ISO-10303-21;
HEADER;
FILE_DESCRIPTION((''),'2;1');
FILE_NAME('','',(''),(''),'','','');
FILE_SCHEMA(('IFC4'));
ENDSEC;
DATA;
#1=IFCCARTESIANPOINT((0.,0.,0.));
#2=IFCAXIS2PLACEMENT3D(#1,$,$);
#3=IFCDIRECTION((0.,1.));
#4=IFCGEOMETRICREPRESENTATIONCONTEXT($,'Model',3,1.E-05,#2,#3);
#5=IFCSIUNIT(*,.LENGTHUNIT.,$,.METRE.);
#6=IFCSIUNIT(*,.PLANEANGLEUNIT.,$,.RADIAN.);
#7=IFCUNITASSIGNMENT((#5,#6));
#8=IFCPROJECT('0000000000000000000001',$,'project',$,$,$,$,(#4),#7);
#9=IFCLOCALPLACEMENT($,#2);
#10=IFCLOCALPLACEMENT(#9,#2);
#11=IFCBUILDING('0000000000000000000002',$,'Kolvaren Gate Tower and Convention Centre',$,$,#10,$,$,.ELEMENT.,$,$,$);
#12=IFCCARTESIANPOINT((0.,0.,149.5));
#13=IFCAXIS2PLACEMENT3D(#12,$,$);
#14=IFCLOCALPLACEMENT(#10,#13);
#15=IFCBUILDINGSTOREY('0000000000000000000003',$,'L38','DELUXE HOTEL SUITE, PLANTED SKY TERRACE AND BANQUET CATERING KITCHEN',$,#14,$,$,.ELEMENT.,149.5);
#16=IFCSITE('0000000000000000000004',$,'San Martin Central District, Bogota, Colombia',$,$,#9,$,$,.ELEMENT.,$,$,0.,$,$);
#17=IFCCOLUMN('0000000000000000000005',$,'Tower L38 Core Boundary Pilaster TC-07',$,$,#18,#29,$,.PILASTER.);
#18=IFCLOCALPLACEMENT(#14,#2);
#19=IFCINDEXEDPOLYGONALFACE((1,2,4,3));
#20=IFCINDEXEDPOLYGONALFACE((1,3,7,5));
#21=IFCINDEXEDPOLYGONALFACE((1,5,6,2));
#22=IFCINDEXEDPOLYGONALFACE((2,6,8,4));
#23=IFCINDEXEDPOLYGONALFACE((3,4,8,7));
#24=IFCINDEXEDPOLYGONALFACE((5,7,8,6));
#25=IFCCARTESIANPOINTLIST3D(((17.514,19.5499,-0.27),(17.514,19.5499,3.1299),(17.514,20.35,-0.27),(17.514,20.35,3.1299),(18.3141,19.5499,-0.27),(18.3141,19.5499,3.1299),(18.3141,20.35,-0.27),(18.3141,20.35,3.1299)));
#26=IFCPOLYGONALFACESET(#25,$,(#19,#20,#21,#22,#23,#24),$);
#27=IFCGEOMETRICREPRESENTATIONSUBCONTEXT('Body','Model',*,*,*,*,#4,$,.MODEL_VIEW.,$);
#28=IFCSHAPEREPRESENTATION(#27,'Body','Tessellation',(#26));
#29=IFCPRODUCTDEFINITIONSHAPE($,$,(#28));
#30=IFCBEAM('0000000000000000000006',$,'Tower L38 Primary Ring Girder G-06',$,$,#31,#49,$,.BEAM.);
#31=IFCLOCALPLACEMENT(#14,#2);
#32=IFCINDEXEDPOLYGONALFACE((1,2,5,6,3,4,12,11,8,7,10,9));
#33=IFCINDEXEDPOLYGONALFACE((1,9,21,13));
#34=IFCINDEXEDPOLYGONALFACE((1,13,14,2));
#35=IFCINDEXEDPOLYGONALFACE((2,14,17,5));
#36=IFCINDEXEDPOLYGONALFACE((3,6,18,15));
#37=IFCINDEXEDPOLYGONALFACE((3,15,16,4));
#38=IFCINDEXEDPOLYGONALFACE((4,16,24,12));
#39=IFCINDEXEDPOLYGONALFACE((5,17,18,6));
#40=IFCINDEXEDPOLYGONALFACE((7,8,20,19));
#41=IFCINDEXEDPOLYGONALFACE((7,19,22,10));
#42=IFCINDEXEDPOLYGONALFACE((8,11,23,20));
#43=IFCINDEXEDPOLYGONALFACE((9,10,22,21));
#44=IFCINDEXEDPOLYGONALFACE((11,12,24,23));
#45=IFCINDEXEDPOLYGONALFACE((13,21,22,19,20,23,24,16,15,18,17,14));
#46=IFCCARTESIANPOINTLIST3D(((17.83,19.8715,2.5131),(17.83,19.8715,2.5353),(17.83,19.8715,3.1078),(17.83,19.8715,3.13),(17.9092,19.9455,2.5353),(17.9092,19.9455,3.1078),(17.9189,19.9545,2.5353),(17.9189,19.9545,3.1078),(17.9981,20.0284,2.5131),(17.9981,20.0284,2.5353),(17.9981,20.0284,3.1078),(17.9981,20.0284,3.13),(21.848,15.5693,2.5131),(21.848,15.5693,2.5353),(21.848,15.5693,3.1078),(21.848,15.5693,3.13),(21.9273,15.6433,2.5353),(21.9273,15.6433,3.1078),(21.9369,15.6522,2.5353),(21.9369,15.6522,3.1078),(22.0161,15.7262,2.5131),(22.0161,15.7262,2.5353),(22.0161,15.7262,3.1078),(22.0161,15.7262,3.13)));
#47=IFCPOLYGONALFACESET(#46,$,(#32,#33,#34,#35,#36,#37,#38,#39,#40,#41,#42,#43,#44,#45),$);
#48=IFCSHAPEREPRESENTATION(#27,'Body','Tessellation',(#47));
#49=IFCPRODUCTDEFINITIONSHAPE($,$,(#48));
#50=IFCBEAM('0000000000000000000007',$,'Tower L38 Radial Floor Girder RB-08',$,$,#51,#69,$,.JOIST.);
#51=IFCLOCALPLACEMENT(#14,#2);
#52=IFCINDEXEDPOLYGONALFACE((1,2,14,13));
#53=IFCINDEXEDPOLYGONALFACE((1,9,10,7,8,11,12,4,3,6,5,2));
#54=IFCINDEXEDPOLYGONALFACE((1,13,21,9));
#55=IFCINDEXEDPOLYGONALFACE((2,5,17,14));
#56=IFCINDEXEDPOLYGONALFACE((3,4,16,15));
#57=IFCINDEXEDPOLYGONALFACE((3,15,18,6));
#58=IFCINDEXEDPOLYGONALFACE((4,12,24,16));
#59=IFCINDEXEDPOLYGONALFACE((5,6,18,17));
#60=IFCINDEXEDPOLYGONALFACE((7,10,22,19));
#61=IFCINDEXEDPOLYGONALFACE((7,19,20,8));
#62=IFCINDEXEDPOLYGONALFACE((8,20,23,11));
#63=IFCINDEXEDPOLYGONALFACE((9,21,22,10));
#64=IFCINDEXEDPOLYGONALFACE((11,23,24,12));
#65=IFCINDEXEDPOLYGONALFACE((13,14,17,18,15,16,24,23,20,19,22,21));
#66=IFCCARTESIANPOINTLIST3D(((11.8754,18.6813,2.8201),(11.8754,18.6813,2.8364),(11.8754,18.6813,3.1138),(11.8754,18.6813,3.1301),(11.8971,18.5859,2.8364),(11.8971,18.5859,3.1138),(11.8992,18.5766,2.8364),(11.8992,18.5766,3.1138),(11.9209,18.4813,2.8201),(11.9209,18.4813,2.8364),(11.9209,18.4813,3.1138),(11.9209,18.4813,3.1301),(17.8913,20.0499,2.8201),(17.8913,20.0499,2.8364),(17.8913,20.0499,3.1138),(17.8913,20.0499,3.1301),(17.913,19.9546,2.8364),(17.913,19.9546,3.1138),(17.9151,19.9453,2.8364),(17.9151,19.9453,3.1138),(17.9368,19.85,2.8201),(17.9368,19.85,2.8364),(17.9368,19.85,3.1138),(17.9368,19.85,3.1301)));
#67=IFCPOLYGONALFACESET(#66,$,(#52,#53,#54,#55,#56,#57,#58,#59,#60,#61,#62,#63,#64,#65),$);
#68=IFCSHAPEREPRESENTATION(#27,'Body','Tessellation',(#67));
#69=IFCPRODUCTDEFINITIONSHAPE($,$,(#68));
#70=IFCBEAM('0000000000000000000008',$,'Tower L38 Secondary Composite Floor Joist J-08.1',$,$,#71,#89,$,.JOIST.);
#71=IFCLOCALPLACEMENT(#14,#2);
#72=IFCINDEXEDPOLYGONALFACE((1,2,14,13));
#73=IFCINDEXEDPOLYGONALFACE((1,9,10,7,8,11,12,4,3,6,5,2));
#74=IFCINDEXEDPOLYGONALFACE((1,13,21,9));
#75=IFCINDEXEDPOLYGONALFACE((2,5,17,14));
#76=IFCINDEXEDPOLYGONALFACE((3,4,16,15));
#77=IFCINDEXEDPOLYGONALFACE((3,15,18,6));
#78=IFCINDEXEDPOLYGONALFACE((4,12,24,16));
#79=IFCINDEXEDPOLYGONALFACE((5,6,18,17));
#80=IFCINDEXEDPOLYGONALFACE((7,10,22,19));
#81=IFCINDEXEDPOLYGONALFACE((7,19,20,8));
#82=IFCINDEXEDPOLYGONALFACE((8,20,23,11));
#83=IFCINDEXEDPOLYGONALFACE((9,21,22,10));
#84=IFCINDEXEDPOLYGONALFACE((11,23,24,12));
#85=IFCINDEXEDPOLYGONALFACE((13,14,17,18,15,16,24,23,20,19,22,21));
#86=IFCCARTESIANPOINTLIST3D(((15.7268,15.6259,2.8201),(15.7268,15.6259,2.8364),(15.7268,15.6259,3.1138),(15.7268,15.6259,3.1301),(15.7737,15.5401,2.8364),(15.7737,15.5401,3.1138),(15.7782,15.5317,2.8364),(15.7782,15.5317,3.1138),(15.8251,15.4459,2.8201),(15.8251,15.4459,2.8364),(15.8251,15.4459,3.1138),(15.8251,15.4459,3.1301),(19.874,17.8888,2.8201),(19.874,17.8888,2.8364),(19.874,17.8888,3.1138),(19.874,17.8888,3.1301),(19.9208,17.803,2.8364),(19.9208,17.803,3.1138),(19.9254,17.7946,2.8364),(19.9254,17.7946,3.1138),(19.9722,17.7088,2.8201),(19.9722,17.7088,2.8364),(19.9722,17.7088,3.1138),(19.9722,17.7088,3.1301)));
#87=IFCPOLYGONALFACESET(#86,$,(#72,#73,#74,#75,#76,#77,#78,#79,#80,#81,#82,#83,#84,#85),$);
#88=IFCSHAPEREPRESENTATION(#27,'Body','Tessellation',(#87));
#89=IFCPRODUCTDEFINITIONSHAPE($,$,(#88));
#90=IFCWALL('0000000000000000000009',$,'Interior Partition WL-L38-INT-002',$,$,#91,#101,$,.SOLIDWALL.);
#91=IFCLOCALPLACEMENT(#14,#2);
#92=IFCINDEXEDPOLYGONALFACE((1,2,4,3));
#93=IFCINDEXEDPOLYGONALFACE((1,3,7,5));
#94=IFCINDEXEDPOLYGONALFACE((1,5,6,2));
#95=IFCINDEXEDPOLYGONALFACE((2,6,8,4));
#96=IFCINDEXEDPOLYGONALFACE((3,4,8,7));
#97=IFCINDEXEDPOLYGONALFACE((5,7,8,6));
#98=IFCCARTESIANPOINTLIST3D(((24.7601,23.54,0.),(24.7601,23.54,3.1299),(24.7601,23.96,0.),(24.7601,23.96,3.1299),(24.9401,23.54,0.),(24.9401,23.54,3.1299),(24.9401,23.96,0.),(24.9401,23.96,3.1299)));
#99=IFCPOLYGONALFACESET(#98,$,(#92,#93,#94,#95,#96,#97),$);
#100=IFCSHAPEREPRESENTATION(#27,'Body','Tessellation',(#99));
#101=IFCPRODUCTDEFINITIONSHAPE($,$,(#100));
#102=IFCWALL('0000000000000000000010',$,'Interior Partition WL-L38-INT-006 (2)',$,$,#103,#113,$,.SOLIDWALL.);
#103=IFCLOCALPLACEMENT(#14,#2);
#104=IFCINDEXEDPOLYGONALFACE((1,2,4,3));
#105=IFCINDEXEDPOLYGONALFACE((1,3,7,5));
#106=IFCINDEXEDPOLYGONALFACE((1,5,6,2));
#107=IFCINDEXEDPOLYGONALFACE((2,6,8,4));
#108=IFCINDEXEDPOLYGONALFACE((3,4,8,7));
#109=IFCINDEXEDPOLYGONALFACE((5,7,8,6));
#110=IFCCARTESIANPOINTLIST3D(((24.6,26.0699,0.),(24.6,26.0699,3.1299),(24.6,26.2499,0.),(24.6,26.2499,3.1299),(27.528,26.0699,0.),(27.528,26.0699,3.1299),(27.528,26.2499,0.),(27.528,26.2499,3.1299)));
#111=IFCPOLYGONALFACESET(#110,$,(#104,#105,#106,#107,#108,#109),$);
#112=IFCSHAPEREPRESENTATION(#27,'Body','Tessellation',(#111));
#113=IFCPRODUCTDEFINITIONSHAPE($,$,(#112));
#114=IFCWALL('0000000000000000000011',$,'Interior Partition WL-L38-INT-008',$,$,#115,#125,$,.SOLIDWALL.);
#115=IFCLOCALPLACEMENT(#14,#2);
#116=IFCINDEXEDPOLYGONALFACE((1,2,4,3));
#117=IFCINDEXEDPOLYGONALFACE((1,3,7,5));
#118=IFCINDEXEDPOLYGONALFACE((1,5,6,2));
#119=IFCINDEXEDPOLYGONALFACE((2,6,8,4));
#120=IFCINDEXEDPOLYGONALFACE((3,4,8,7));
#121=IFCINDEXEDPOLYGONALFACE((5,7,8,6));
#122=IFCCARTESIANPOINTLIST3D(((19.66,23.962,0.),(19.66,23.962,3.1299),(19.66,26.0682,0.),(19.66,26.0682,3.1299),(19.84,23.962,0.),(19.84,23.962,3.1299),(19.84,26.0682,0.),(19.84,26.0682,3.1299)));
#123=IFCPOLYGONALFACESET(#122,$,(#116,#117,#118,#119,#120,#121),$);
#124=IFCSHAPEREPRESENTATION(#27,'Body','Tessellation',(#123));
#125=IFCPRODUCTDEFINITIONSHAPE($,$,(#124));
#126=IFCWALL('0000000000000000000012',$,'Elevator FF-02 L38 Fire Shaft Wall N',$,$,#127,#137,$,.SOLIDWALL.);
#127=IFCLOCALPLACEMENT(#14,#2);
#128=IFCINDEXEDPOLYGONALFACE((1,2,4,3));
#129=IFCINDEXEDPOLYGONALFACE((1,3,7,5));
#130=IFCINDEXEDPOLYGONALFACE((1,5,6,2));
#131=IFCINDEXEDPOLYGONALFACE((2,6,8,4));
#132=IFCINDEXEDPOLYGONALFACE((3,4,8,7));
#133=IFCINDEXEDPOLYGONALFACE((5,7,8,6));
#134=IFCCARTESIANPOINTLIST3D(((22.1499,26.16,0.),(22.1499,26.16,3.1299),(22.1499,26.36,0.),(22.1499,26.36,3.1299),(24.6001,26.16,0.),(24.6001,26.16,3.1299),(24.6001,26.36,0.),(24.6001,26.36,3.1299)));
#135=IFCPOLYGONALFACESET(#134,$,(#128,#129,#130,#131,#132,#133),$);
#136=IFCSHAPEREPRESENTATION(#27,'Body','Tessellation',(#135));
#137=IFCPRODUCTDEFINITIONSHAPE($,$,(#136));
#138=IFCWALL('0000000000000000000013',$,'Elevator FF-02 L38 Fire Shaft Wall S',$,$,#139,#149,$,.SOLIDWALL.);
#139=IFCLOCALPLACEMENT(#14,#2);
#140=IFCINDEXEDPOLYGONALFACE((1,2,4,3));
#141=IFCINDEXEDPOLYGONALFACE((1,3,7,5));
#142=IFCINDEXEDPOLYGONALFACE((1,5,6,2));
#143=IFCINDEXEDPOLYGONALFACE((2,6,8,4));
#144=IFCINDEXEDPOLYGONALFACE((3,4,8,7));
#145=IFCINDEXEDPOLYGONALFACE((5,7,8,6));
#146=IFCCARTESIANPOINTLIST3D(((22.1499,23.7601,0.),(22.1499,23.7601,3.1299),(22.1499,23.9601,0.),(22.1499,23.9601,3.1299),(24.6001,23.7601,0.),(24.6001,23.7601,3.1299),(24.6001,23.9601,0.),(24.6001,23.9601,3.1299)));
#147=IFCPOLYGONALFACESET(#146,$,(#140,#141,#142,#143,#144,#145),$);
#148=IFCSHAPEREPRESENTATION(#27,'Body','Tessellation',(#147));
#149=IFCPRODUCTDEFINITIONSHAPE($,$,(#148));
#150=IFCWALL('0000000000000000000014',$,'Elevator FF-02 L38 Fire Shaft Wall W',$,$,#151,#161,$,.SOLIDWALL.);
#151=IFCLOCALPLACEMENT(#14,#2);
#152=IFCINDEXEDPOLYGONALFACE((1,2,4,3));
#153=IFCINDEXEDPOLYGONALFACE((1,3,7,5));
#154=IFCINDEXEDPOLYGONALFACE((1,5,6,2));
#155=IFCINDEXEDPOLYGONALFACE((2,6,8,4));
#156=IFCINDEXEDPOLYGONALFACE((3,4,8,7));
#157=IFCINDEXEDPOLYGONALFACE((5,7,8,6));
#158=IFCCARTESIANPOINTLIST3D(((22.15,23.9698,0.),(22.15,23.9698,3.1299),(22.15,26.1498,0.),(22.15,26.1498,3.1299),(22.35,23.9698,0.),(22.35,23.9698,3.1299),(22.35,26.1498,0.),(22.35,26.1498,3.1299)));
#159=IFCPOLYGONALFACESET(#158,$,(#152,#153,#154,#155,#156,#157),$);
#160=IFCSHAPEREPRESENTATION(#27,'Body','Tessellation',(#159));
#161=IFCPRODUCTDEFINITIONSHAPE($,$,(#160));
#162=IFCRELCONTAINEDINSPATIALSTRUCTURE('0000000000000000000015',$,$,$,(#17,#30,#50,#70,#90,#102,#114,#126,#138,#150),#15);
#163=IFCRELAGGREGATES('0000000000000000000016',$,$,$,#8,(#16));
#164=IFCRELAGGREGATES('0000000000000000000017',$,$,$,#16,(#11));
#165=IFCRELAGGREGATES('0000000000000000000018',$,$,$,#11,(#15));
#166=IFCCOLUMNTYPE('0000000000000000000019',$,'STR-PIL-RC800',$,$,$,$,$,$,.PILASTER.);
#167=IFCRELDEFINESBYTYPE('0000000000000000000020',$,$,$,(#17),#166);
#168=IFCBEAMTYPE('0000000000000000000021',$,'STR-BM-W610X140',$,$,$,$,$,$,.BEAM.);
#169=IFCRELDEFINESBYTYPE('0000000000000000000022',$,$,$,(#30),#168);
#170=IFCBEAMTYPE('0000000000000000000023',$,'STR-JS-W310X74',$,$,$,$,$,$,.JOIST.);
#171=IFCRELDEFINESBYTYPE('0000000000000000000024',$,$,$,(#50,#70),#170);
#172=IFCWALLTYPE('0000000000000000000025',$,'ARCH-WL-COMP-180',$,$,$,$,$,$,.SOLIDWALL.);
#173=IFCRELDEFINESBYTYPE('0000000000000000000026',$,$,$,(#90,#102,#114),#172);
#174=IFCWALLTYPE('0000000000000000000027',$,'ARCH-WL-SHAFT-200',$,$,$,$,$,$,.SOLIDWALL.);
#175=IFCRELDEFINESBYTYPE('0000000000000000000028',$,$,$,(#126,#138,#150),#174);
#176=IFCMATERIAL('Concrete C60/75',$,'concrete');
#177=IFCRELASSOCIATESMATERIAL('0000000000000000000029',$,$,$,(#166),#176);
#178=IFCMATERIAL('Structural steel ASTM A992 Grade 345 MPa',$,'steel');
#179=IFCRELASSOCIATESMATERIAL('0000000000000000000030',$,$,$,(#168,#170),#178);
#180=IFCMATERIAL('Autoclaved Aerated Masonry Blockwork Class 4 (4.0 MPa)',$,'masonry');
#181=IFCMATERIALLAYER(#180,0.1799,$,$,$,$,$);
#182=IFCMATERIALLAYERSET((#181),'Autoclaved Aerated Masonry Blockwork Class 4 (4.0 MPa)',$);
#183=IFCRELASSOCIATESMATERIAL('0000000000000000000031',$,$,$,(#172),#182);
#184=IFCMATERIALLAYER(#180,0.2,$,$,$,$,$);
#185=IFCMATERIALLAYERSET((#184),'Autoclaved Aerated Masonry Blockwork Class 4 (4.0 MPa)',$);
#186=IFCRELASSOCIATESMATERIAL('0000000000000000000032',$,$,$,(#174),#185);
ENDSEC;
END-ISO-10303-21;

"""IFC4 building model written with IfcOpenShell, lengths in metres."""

from ifc_helpers import new_model, si_unit, direction, frame, frame_2d, origin, origin_2d, place, context, subcontext, project, spatial, rectangle, i_section, extrude, material, layer, layer_set, material_profile, profile_set, type_object, element, save


model = new_model("IFC4")

# Units and contexts
model_context = context("Model", 3, precision=1e-05, world=origin(), true_north=direction((0.0, 1.0)))
body_context = subcontext(model_context, "Body", "Model", "MODEL_VIEW")
ifc_project = project(units=[si_unit("LENGTHUNIT", "METRE"), si_unit("PLANEANGLEUNIT", "RADIAN")], contexts=[model_context])

# Site, building, storey
site_placement = place(None, origin())
site = spatial("IfcSite", under=ifc_project, at=site_placement, Name="San Martin Central District, Bogota, Colombia", CompositionType="ELEMENT", RefElevation=0.0)
building_placement = place(site_placement, origin())
building = spatial("IfcBuilding", under=site, at=building_placement, Name="Kolvaren Gate Tower and Convention Centre", CompositionType="ELEMENT")
storey_placement = place(building_placement, frame((0.0, 0.0, 149.5)))
storey = spatial("IfcBuildingStorey", under=building, at=storey_placement, Name="L38", Description="DELUXE HOTEL SUITE, PLANTED SKY TERRACE AND BANQUET CATERING KITCHEN", CompositionType="ELEMENT", Elevation=149.5)

# Column
ifc_material_1 = material(Name="Concrete C60/75", Category="concrete")
ifc_material_profile_1 = material_profile(ifc_material_1, rectangle(XDim=0.8, YDim=0.8, at=origin_2d()), Name="RC-COL-800X800")
ifc_profile_set_1 = profile_set([ifc_material_profile_1], Name="Concrete C60/75")
column_type = type_object("IfcColumnType", Name="STR-PIL-RC800", PredefinedType="PILASTER", material=ifc_profile_set_1)
column_placement = place(storey_placement, frame((17.9141, 19.95, -0.27), z_axis=(0.0, 0.0, 1.0), x_axis=(1.0, 0.0, 0.0)))
element("IfcColumn", 1, at=column_placement, inside=storey, type_object=column_type, Name="Tower L38 Core Boundary Pilaster TC-07", PredefinedType="PILASTER", context=body_context, shape_type="SweptSolid", body=[
    extrude(rectangle(XDim=0.8, YDim=0.8, at=origin_2d()), origin(), (0.0, 0.0, 1.0), 3.3999),
])

# Beams
ifc_material_2 = material(Name="Structural steel ASTM A992 Grade 345 MPa", Category="steel")
ifc_material_profile_2 = material_profile(ifc_material_2, i_section(OverallWidth=0.23, OverallDepth=0.6169, WebThickness=0.0132, FlangeThickness=0.0222, at=origin_2d()), Name="W610X140")
ifc_profile_set_2 = profile_set([ifc_material_profile_2], Name="Structural steel ASTM A992 Grade 345 MPa")
beam_type_1 = type_object("IfcBeamType", Name="STR-BM-W610X140", PredefinedType="BEAM", material=ifc_profile_set_2)
beam_1_placement = place(storey_placement, frame((17.9141, 19.95, 2.8215), z_axis=(0.682558, -0.730832, 0.0), x_axis=(0.730832, 0.682558, 0.0)))
element("IfcBeam", 2, at=beam_1_placement, inside=storey, type_object=beam_type_1, Name="Tower L38 Primary Ring Girder G-06", PredefinedType="BEAM", context=body_context, shape_type="SweptSolid", body=[
    extrude(i_section(OverallWidth=0.23, OverallDepth=0.6169, WebThickness=0.0132, FlangeThickness=0.0222, at=origin_2d()), origin(), (0.0, 0.0, 1.0), 5.8867),
])
ifc_material_profile_3 = material_profile(ifc_material_2, i_section(OverallWidth=0.2051, OverallDepth=0.3101, WebThickness=0.0095, FlangeThickness=0.0164, at=origin_2d()), Name="W310X74")
ifc_profile_set_3 = profile_set([ifc_material_profile_3], Name="Structural steel ASTM A992 Grade 345 MPa")
beam_type_2 = type_object("IfcBeamType", Name="STR-JS-W310X74", PredefinedType="JOIST", material=ifc_profile_set_3)
beam_2_placement = place(storey_placement, frame((17.9141, 19.95, 2.9751), z_axis=(-0.975083, -0.221838, 0.0), x_axis=(0.221838, -0.975083, 0.0)))
element("IfcBeam", 3, at=beam_2_placement, inside=storey, type_object=beam_type_2, Name="Tower L38 Radial Floor Girder RB-08", PredefinedType="JOIST", context=body_context, shape_type="SweptSolid", body=[
    extrude(i_section(OverallWidth=0.2051, OverallDepth=0.3101, WebThickness=0.0095, FlangeThickness=0.0164, at=origin_2d()), origin(), (0.0, 0.0, 1.0), 6.1697),
])
beam_3_placement = place(storey_placement, frame((19.9231, 17.7988, 2.9751), z_axis=(-0.877822, -0.478986, 0.0), x_axis=(0.478986, -0.877822, 0.0)))
element("IfcBeam", 4, at=beam_3_placement, inside=storey, type_object=beam_type_2, Name="Tower L38 Secondary Composite Floor Joist J-08.1", PredefinedType="JOIST", context=body_context, shape_type="SweptSolid", body=[
    extrude(i_section(OverallWidth=0.2051, OverallDepth=0.3101, WebThickness=0.0095, FlangeThickness=0.0164, at=origin_2d()), origin(), (0.0, 0.0, 1.0), 4.7244),
])

# Walls
ifc_material_3 = material(Name="Autoclaved Aerated Masonry Blockwork Class 4 (4.0 MPa)", Category="masonry")
ifc_layer_1 = layer(ifc_material_3, 0.1799)
ifc_layer_set_1 = layer_set([ifc_layer_1], Name="Autoclaved Aerated Masonry Blockwork Class 4 (4.0 MPa)")
wall_type_1 = type_object("IfcWallType", Name="ARCH-WL-COMP-180", PredefinedType="SOLIDWALL", material=ifc_layer_set_1)
wall_1_placement = place(storey_placement, frame((24.8501, 23.54, 0.0), z_axis=(0.0, 0.0, 1.0), x_axis=(0.0, 1.0, 0.0)))
element("IfcWall", 5, at=wall_1_placement, inside=storey, type_object=wall_type_1, Name="Interior Partition WL-L38-INT-002", PredefinedType="SOLIDWALL", context=body_context, shape_type="SweptSolid", body=[
    extrude(rectangle(XDim=0.4199, YDim=0.1799, at=frame_2d((0.21, 0.0))), origin(), (0.0, 0.0, 1.0), 3.1299),
])
wall_2_placement = place(storey_placement, frame((24.6001, 26.1599, 0.0), z_axis=(0.0, 0.0, 1.0), x_axis=(1.0, 0.0, 0.0)))
element("IfcWall", 6, at=wall_2_placement, inside=storey, type_object=wall_type_1, Name="Interior Partition WL-L38-INT-006 (2)", PredefinedType="SOLIDWALL", context=body_context, shape_type="SweptSolid", body=[
    extrude(rectangle(XDim=2.928, YDim=0.1799, at=frame_2d((1.4639, 0.0))), origin(), (0.0, 0.0, 1.0), 3.1299),
])
wall_3_placement = place(storey_placement, frame((19.75, 23.9619, 0.0), z_axis=(0.0, 0.0, 1.0), x_axis=(0.0, 1.0, 0.0)))
element("IfcWall", 7, at=wall_3_placement, inside=storey, type_object=wall_type_1, Name="Interior Partition WL-L38-INT-008", PredefinedType="SOLIDWALL", context=body_context, shape_type="SweptSolid", body=[
    extrude(rectangle(XDim=2.1062, YDim=0.1799, at=frame_2d((1.0532, 0.0))), origin(), (0.0, 0.0, 1.0), 3.1299),
])
ifc_layer_2 = layer(ifc_material_3, 0.2)
ifc_layer_set_2 = layer_set([ifc_layer_2], Name="Autoclaved Aerated Masonry Blockwork Class 4 (4.0 MPa)")
wall_type_2 = type_object("IfcWallType", Name="ARCH-WL-SHAFT-200", PredefinedType="SOLIDWALL", material=ifc_layer_set_2)
for number, where, z_axis, x_axis, name in (
    (8, (22.1499, 26.26, 0.0), (0.0, 0.0, 1.0), (1.0, 0.0, 0.0), "Elevator FF-02 L38 Fire Shaft Wall N"),
    (9, (22.1499, 23.8601, 0.0), (0.0, 0.0, 1.0), (1.0, 0.0, 0.0), "Elevator FF-02 L38 Fire Shaft Wall S"),
):
    element("IfcWall", number, at=place(storey_placement, frame(where, z_axis=z_axis, x_axis=x_axis)), inside=storey, type_object=wall_type_2, Name=name, PredefinedType="SOLIDWALL", context=body_context, shape_type="SweptSolid", body=[
        extrude(rectangle(XDim=2.4502, YDim=0.2, at=frame_2d((1.2251, 0.0))), origin(), (0.0, 0.0, 1.0), 3.1299),
    ])
wall_4_placement = place(storey_placement, frame((22.25, 23.97, 0.0), z_axis=(0.0, 0.0, 1.0), x_axis=(0.0, 1.0, 0.0)))
element("IfcWall", 10, at=wall_4_placement, inside=storey, type_object=wall_type_2, Name="Elevator FF-02 L38 Fire Shaft Wall W", PredefinedType="SOLIDWALL", context=body_context, shape_type="SweptSolid", body=[
    extrude(rectangle(XDim=2.1799, YDim=0.2, at=frame_2d((1.0898, 0.0))), origin(), (0.0, 0.0, 1.0), 3.1299),
])

save(model, "model.ifc")
